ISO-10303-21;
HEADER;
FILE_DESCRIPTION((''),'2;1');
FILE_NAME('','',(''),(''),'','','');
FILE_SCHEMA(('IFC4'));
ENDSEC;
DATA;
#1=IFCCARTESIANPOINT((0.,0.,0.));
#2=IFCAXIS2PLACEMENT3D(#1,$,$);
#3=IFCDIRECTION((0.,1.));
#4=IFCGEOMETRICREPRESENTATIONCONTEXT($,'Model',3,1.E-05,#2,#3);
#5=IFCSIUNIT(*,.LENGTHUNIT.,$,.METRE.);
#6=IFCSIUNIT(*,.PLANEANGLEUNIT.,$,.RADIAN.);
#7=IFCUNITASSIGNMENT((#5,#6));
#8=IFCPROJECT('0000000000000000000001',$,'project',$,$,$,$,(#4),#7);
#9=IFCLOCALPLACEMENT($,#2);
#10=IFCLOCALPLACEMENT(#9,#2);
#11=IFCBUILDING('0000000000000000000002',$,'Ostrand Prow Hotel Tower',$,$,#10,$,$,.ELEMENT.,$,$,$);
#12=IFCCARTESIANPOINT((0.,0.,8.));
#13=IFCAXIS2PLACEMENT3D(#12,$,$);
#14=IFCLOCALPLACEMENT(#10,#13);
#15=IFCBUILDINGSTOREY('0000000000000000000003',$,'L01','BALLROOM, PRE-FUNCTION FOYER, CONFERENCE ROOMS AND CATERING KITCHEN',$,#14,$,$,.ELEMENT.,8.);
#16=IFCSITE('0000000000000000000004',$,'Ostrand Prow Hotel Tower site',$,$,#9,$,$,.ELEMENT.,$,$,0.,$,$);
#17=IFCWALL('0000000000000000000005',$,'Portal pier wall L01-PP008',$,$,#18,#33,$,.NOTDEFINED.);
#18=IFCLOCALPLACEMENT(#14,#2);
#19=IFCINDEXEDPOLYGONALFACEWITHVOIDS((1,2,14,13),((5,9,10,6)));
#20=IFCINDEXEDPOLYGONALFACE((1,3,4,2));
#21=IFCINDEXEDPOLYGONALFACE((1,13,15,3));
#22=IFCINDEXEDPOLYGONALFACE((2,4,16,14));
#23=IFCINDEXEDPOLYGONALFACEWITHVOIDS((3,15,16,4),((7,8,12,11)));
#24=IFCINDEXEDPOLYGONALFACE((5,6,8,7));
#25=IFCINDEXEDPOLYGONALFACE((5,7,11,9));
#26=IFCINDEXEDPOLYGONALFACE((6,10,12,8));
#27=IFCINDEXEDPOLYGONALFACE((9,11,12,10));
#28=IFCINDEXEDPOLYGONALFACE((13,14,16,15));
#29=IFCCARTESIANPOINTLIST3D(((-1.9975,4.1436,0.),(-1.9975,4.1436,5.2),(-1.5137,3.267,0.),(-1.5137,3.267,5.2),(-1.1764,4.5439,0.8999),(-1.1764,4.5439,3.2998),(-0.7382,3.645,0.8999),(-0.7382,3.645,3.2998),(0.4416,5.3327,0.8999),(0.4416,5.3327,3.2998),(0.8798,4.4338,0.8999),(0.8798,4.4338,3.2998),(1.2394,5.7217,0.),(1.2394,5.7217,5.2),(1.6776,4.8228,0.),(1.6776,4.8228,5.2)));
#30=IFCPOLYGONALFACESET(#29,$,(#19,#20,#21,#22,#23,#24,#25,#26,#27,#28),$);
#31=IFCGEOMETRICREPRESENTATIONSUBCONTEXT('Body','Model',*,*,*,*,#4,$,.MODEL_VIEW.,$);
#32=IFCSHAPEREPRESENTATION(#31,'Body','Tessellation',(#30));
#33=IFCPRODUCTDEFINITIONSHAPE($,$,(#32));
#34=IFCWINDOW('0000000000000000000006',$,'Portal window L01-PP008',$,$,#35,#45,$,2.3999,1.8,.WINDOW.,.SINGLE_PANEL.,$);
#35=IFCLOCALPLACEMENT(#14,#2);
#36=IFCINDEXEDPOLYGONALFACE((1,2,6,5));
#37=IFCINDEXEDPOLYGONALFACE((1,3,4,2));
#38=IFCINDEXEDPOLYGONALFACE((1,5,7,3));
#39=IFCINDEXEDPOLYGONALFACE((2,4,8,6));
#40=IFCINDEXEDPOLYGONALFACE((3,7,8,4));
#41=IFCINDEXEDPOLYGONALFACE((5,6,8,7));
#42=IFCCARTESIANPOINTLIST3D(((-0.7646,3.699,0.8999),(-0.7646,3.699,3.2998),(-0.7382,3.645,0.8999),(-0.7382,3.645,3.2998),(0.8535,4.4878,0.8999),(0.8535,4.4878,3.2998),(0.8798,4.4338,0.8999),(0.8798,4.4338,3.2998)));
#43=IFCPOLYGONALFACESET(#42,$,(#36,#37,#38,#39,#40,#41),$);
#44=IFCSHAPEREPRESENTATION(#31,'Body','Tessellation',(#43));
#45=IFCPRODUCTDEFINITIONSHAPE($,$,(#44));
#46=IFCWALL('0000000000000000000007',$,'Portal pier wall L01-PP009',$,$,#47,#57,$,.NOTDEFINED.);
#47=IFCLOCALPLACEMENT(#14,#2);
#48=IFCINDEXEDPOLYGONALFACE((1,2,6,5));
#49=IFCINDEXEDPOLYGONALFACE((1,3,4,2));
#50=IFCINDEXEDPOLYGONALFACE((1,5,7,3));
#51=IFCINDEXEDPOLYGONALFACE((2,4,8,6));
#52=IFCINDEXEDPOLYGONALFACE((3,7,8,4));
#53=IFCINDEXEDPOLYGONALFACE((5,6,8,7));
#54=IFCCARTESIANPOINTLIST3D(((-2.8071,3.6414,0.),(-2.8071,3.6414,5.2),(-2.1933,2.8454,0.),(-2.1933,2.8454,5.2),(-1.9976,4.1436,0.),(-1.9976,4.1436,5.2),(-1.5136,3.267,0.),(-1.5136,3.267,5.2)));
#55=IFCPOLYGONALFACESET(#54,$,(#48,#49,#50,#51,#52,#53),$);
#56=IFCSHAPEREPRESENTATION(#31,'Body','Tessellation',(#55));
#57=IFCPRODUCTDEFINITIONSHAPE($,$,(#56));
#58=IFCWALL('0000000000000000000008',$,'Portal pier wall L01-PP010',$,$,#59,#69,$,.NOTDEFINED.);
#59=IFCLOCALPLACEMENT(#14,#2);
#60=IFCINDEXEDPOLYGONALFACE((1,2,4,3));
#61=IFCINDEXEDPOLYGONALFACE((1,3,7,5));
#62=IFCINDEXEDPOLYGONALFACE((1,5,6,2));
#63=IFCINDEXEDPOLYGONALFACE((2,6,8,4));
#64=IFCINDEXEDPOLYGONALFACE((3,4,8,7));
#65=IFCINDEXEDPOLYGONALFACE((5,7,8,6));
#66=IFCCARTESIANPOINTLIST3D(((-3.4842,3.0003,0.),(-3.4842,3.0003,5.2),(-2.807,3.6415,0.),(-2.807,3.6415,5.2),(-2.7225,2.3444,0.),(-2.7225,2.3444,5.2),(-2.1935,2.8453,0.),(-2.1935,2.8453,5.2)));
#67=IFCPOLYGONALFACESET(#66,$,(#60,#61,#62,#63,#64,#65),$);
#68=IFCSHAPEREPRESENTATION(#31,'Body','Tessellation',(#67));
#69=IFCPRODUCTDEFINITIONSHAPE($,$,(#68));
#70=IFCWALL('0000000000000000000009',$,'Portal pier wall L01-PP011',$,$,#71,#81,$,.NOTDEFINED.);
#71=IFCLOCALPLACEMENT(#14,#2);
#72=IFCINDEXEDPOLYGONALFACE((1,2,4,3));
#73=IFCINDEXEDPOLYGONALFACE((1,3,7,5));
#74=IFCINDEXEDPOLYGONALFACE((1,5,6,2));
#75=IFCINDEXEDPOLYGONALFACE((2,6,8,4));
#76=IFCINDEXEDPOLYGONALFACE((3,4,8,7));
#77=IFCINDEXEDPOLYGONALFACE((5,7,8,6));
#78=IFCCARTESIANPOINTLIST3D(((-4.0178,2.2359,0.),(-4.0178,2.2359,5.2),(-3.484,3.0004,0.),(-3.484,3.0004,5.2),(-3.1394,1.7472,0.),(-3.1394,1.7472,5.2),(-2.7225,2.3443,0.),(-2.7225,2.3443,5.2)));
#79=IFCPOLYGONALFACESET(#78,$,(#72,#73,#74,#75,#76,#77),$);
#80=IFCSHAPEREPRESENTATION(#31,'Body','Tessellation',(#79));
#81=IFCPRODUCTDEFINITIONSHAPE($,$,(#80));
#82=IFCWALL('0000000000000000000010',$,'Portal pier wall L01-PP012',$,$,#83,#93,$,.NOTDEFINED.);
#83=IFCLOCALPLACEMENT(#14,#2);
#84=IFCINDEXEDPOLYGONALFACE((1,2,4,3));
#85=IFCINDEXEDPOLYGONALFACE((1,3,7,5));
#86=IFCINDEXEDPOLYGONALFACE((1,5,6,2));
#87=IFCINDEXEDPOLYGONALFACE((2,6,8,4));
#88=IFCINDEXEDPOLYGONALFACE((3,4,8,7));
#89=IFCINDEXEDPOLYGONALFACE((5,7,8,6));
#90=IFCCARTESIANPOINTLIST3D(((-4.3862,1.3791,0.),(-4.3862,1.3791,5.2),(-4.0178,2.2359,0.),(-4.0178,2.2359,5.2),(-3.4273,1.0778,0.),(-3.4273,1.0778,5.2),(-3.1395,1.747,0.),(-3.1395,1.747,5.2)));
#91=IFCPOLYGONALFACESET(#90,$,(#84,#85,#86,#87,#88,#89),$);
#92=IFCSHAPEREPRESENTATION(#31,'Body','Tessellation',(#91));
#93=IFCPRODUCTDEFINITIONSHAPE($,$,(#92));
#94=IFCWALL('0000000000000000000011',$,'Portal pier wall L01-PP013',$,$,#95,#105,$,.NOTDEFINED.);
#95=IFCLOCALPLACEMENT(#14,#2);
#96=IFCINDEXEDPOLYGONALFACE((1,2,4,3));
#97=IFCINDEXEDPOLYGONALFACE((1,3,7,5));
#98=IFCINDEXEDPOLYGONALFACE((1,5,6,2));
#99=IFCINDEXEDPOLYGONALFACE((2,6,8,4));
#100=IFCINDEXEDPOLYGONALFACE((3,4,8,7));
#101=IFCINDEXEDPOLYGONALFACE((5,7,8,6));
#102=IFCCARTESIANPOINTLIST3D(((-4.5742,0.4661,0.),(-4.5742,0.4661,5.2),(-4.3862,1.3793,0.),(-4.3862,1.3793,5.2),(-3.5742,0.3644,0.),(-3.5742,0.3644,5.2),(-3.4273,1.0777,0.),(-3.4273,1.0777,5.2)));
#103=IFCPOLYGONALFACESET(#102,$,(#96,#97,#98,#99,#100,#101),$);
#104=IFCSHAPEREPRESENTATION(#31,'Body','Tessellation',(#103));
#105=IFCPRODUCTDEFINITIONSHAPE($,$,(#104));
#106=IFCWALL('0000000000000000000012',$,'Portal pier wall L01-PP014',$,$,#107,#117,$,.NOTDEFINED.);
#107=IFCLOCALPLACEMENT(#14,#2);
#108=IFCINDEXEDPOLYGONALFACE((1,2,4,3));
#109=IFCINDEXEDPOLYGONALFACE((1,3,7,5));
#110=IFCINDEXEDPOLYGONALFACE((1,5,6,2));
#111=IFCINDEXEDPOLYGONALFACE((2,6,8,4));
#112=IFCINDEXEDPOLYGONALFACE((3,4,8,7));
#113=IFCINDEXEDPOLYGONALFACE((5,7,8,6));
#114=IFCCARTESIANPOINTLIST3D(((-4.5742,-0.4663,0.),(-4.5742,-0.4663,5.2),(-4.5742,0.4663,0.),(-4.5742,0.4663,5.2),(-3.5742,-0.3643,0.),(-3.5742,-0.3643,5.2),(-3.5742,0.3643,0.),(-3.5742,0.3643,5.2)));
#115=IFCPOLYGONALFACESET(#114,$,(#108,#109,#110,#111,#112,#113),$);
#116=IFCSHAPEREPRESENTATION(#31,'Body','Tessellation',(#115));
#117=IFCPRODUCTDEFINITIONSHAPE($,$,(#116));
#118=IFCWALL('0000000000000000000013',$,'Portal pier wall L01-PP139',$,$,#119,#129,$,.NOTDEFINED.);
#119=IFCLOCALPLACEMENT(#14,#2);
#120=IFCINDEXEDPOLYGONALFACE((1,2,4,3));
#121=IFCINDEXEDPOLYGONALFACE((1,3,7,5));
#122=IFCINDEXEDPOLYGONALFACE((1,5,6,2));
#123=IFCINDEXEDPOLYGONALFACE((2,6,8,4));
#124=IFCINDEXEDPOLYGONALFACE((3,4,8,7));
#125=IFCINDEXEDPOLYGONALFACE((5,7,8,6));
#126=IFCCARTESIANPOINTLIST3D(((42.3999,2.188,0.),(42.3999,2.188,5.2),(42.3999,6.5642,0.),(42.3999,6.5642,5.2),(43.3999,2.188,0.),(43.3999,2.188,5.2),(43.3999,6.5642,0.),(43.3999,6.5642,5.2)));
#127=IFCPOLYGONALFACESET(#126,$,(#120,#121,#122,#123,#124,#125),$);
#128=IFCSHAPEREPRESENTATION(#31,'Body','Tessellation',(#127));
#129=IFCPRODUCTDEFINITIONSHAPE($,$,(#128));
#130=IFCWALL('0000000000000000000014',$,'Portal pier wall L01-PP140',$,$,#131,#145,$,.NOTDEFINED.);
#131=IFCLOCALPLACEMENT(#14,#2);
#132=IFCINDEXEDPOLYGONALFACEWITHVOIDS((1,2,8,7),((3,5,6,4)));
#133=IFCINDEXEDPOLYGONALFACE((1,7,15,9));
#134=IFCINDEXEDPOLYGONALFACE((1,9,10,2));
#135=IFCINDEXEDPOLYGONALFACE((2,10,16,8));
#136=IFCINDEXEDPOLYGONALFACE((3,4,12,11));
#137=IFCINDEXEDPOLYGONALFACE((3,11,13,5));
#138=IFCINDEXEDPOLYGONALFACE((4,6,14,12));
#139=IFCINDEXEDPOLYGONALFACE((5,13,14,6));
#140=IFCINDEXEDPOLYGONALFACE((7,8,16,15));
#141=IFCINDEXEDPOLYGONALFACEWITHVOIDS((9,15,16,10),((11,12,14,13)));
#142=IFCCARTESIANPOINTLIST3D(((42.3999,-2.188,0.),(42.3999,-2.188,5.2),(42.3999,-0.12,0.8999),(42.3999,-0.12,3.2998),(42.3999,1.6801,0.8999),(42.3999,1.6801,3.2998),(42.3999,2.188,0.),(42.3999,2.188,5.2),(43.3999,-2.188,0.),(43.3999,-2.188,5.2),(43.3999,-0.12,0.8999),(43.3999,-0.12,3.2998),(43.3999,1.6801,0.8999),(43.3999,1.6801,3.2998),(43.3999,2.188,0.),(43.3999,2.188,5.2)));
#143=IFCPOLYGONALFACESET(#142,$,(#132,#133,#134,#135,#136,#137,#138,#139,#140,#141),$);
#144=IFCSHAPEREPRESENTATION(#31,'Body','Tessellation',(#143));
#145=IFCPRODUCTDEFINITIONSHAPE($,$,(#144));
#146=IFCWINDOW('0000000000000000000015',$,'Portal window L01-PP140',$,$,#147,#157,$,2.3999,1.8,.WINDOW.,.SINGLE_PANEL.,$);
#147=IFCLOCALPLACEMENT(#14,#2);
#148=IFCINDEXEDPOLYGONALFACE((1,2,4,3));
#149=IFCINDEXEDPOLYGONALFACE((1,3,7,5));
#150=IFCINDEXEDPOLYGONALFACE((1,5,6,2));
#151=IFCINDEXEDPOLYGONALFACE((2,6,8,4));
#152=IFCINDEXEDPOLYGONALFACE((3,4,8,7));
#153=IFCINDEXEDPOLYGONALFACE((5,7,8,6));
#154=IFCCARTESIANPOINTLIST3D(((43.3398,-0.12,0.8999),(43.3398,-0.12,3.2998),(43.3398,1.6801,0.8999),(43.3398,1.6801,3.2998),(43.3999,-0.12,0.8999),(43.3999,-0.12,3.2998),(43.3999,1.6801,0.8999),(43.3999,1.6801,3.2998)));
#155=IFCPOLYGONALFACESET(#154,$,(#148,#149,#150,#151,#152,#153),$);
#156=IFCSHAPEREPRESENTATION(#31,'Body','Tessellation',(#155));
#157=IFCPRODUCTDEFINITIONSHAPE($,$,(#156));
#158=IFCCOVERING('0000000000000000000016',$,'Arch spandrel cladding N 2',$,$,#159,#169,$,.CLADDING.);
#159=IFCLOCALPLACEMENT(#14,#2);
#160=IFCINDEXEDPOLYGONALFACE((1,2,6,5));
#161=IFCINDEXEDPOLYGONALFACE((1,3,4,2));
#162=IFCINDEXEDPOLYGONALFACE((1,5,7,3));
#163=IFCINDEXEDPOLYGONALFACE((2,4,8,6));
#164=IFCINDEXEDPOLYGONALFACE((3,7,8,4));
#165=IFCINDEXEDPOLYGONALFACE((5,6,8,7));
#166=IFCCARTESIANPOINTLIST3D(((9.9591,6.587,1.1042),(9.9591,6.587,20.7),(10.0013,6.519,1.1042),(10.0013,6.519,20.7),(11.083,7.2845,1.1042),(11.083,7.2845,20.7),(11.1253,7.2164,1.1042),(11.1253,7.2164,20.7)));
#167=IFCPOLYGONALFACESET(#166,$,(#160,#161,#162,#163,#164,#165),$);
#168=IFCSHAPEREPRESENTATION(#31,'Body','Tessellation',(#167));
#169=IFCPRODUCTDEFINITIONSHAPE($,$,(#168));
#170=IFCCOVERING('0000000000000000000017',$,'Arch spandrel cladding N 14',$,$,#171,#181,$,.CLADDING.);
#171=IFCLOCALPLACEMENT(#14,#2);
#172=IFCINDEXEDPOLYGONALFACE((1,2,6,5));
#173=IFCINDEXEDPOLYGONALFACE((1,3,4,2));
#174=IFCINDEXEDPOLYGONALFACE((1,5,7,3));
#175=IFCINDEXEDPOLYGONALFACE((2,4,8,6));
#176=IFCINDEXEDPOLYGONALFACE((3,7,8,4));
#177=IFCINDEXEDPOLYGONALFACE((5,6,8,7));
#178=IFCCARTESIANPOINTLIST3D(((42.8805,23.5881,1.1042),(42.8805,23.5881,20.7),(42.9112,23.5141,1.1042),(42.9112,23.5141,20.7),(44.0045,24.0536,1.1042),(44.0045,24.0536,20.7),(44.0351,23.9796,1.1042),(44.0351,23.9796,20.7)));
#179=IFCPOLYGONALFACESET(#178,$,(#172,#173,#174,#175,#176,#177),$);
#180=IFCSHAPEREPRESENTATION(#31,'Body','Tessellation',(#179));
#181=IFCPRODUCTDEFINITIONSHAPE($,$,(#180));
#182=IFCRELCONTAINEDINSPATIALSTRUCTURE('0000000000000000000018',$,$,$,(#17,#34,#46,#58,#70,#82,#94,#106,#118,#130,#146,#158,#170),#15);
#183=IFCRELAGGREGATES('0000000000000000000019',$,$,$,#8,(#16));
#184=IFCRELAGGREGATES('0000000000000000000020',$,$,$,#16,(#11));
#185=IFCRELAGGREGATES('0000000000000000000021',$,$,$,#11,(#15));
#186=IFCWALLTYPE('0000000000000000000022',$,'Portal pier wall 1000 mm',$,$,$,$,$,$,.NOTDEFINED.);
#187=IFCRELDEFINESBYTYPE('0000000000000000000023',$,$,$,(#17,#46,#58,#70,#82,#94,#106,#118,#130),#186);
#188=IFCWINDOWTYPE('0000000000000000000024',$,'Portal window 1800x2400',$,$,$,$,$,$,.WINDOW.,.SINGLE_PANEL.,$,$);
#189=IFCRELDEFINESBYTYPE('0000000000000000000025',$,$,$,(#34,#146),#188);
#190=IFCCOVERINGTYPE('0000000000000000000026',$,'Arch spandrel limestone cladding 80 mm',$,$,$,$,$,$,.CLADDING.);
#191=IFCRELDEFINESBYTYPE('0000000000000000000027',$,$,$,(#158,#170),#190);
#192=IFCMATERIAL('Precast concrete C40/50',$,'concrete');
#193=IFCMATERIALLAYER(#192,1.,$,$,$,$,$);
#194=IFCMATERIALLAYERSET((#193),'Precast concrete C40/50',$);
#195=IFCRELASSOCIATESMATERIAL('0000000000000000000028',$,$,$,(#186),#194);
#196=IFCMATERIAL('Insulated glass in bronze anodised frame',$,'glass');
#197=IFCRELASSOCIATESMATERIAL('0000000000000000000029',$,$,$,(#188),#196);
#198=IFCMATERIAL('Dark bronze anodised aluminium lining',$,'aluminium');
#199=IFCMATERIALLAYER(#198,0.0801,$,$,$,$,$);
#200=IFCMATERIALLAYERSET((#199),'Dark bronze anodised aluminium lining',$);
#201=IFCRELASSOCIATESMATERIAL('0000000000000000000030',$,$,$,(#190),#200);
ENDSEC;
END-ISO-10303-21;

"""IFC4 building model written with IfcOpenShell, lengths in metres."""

from ifc_helpers import new_model, si_unit, direction, frame, frame_2d, origin, place, context, subcontext, project, spatial, polyline, rectangle, outline, extrude, material, layer, layer_set, type_object, element, fill, save


model = new_model("IFC4")

# Units and contexts
model_context = context("Model", 3, precision=1e-05, world=origin(), true_north=direction((0.0, 1.0)))
body_context = subcontext(model_context, "Body", "Model", "MODEL_VIEW")
ifc_project = project(units=[si_unit("LENGTHUNIT", "METRE"), si_unit("PLANEANGLEUNIT", "RADIAN")], contexts=[model_context])

# Site, building, storey
site_placement = place(None, origin())
site = spatial("IfcSite", under=ifc_project, at=site_placement, Name="Ostrand Prow Hotel Tower site", CompositionType="ELEMENT", RefElevation=0.0)
building_placement = place(site_placement, origin())
building = spatial("IfcBuilding", under=site, at=building_placement, Name="Ostrand Prow Hotel Tower", CompositionType="ELEMENT")
storey_placement = place(building_placement, frame((0.0, 0.0, 8.0)))
storey = spatial("IfcBuildingStorey", under=building, at=storey_placement, Name="L01", Description="BALLROOM, PRE-FUNCTION FOYER, CONFERENCE ROOMS AND CATERING KITCHEN", CompositionType="ELEMENT", Elevation=8.0)

# Shared definitions
ifc_material_1 = material(Name="Precast concrete C40/50", Category="concrete")
ifc_layer_1 = layer(ifc_material_1, 1.0)
ifc_layer_set_1 = layer_set([ifc_layer_1], Name="Precast concrete C40/50")
wall_type = type_object("IfcWallType", Name="Portal pier wall 1000 mm", PredefinedType="NOTDEFINED", material=ifc_layer_set_1)

# Shared definitions
ifc_material_2 = material(Name="Insulated glass in bronze anodised frame", Category="glass")
window_type = type_object("IfcWindowType", Name="Portal window 1800x2400", PartitioningType="SINGLE_PANEL", PredefinedType="WINDOW", material=ifc_material_2)

# Wall, opening, window
wall_1_placement = place(storey_placement, frame((1.4585, 5.2722, 0.0), z_axis=(0.0, 0.0, 1.0), x_axis=(-0.898875, -0.438206, 0.0)))
wall_1 = element("IfcWall", 1, at=wall_1_placement, inside=storey, type_object=wall_type, Name="Portal pier wall L01-PP008", PredefinedType="NOTDEFINED", context=body_context, shape_type="SweptSolid", body=[
    extrude(outline(polyline([(0.0, -0.5), (3.6011, -0.5), (3.5503, 0.5), (0.0, 0.5), (0.0, -0.5)])), origin(), (0.0, 0.0, 1.0), 5.2),
])
opening_1_placement = place(wall_1_placement, frame((0.8877, 0.0, 0.8999)))
opening_1 = element("IfcOpeningElement", 2, at=opening_1_placement, cuts=wall_1, PredefinedType="OPENING", context=body_context, shape_type="SweptSolid", body=[
    extrude(rectangle(XDim=1.8, YDim=2.3999, at=frame_2d((0.8999, 1.2))), frame((0.0, 0.51, 0.0), z_axis=(0.0, -1.0, 0.0), x_axis=(1.0, 0.0, 0.0)), (0.0, 0.0, 1.0), 1.02),
])
window_1_placement = place(opening_1_placement, origin())
window_1 = element("IfcWindow", 3, at=window_1_placement, inside=storey, type_object=window_type, Name="Portal window L01-PP008", OverallHeight=2.3999, OverallWidth=1.8, PartitioningType="SINGLE_PANEL", PredefinedType="WINDOW", context=body_context, shape_type="SweptSolid", body=[
    extrude(rectangle(XDim=1.8, YDim=2.3999, at=frame_2d((0.8999, 1.2))), frame((0.0, 0.5, 0.0), z_axis=(0.0, -1.0, 0.0), x_axis=(1.0, 0.0, 0.0)), (0.0, 0.0, 1.0), 0.0601),
])
fill(opening_1, window_1)

# Walls
wall_2_placement = place(storey_placement, frame((-1.7556, 3.7053, 0.0), z_axis=(0.0, 0.0, 1.0), x_axis=(-0.849778, -0.527141, 0.0)))
element("IfcWall", 4, at=wall_2_placement, inside=storey, type_object=wall_type, Name="Portal pier wall L01-PP009", PredefinedType="NOTDEFINED", context=body_context, shape_type="SweptSolid", body=[
    extrude(outline(polyline([(-0.0254, -0.5), (0.9272, -0.5), (0.8252, 0.5), (0.0254, 0.5), (-0.0254, -0.5)])), origin(), (0.0, 0.0, 1.0), 5.2),
])
wall_3_placement = place(storey_placement, frame((-2.5002, 3.2434, 0.0), z_axis=(0.0, 0.0, 1.0), x_axis=(-0.726099, -0.68759, 0.0)))
element("IfcWall", 5, at=wall_3_placement, inside=storey, type_object=wall_type, Name="Portal pier wall L01-PP010", PredefinedType="NOTDEFINED", context=body_context, shape_type="SweptSolid", body=[
    extrude(outline(polyline([(-0.051, -0.5), (0.8816, -0.5), (0.7795, 0.5), (0.051, 0.5), (-0.051, -0.5)])), origin(), (0.0, 0.0, 1.0), 5.2),
])
wall_4_placement = place(storey_placement, frame((-3.1033, 2.6724, 0.0), z_axis=(0.0, 0.0, 1.0), x_axis=(-0.572416, -0.819963, 0.0)))
element("IfcWall", 6, at=wall_4_placement, inside=storey, type_object=wall_type, Name="Portal pier wall L01-PP011", PredefinedType="NOTDEFINED", context=body_context, shape_type="SweptSolid", body=[
    extrude(outline(polyline([(-0.051, -0.5), (0.8813, -0.5), (0.7793, 0.5), (0.051, 0.5), (-0.051, -0.5)])), origin(), (0.0, 0.0, 1.0), 5.2),
])
wall_5_placement = place(storey_placement, frame((-3.5786, 1.9915, 0.0), z_axis=(0.0, 0.0, 1.0), x_axis=(-0.39509, -0.918643, 0.0)))
element("IfcWall", 7, at=wall_5_placement, inside=storey, type_object=wall_type, Name="Portal pier wall L01-PP012", PredefinedType="NOTDEFINED", context=body_context, shape_type="SweptSolid", body=[
    extrude(outline(polyline([(-0.051, -0.5), (0.8816, -0.5), (0.7795, 0.5), (0.051, 0.5), (-0.051, -0.5)])), origin(), (0.0, 0.0, 1.0), 5.2),
])
wall_6_placement = place(storey_placement, frame((-3.9067, 1.2285, 0.0), z_axis=(0.0, 0.0, 1.0), x_axis=(-0.201711, -0.979445, 0.0)))
element("IfcWall", 8, at=wall_6_placement, inside=storey, type_object=wall_type, Name="Portal pier wall L01-PP013", PredefinedType="NOTDEFINED", context=body_context, shape_type="SweptSolid", body=[
    extrude(outline(polyline([(-0.051, -0.5), (0.8813, -0.5), (0.7793, 0.5), (0.051, 0.5), (-0.051, -0.5)])), origin(), (0.0, 0.0, 1.0), 5.2),
])
wall_7_placement = place(storey_placement, frame((-4.0742, 0.4153, 0.0), z_axis=(0.0, 0.0, 1.0), x_axis=(0.0, -1.0, 0.0)))
element("IfcWall", 9, at=wall_7_placement, inside=storey, type_object=wall_type, Name="Portal pier wall L01-PP014", PredefinedType="NOTDEFINED", context=body_context, shape_type="SweptSolid", body=[
    extrude(outline(polyline([(-0.051, -0.5), (0.8816, -0.5), (0.7795, 0.5), (0.051, 0.5), (-0.051, -0.5)])), origin(), (0.0, 0.0, 1.0), 5.2),
])
wall_8_placement = place(storey_placement, frame((42.8999, 6.5642, 0.0), z_axis=(0.0, 0.0, 1.0), x_axis=(0.0, -1.0, 0.0)))
element("IfcWall", 10, at=wall_8_placement, inside=storey, type_object=wall_type, Name="Portal pier wall L01-PP139", PredefinedType="NOTDEFINED", context=body_context, shape_type="SweptSolid", body=[
    extrude(outline(polyline([(0.0, -0.5), (4.3762, -0.5), (4.3762, 0.5), (0.0, 0.5), (0.0, -0.5)])), origin(), (0.0, 0.0, 1.0), 5.2),
])

# Wall, opening, window
wall_9_placement = place(storey_placement, frame((42.8999, 2.188, 0.0), z_axis=(0.0, 0.0, 1.0), x_axis=(0.0, -1.0, 0.0)))
wall_9 = element("IfcWall", 11, at=wall_9_placement, inside=storey, type_object=wall_type, Name="Portal pier wall L01-PP140", PredefinedType="NOTDEFINED", context=body_context, shape_type="SweptSolid", body=[
    extrude(outline(polyline([(0.0, -0.5), (4.376, -0.5), (4.376, 0.5), (0.0, 0.5), (0.0, -0.5)])), origin(), (0.0, 0.0, 1.0), 5.2),
])
opening_2_placement = place(wall_9_placement, frame((0.5081, 0.0, 0.8999)))
opening_2 = element("IfcOpeningElement", 12, at=opening_2_placement, cuts=wall_9, PredefinedType="OPENING", context=body_context, shape_type="SweptSolid", body=[
    extrude(rectangle(XDim=1.8, YDim=2.3999, at=frame_2d((0.8999, 1.2))), frame((0.0, 0.51, 0.0), z_axis=(0.0, -1.0, 0.0), x_axis=(1.0, 0.0, 0.0)), (0.0, 0.0, 1.0), 1.02),
])
window_2_placement = place(opening_2_placement, origin())
window_2 = element("IfcWindow", 13, at=window_2_placement, inside=storey, type_object=window_type, Name="Portal window L01-PP140", OverallHeight=2.3999, OverallWidth=1.8, PartitioningType="SINGLE_PANEL", PredefinedType="WINDOW", context=body_context, shape_type="SweptSolid", body=[
    extrude(rectangle(XDim=1.8, YDim=2.3999, at=frame_2d((0.8999, 1.2))), frame((0.0, 0.5, 0.0), z_axis=(0.0, -1.0, 0.0), x_axis=(1.0, 0.0, 0.0)), (0.0, 0.0, 1.0), 0.0601),
])
fill(opening_2, window_2)

# Coverings
ifc_material_3 = material(Name="Dark bronze anodised aluminium lining", Category="aluminium")
ifc_layer_2 = layer(ifc_material_3, 0.0801)
ifc_layer_set_2 = layer_set([ifc_layer_2], Name="Dark bronze anodised aluminium lining")
covering_type_1 = type_object("IfcCoveringType", Name="Arch spandrel limestone cladding 80 mm", PredefinedType="CLADDING", material=ifc_layer_set_2)
covering_1_placement = place(storey_placement, frame((9.9802, 6.553, 1.1042), z_axis=(0.0, 0.0, 1.0), x_axis=(0.849694, 0.527276, 0.0)))
element("IfcCovering", 14, at=covering_1_placement, inside=storey, type_object=covering_type_1, Name="Arch spandrel cladding N 2", PredefinedType="CLADDING", context=body_context, shape_type="SweptSolid", body=[
    extrude(rectangle(XDim=1.3228, YDim=0.0801, at=frame_2d((0.6614, 0.0))), origin(), (0.0, 0.0, 1.0), 19.5957),
])
covering_2_placement = place(storey_placement, frame((42.8958, 23.551, 1.1042), z_axis=(0.0, 0.0, 1.0), x_axis=(0.923882, 0.382677, 0.0)))
element("IfcCovering", 15, at=covering_2_placement, inside=storey, type_object=covering_type_1, Name="Arch spandrel cladding N 14", PredefinedType="CLADDING", context=body_context, shape_type="SweptSolid", body=[
    extrude(rectangle(XDim=1.2166, YDim=0.0801, at=frame_2d((0.6084, 0.0))), origin(), (0.0, 0.0, 1.0), 19.5957),
])

save(model, "model.ifc")
